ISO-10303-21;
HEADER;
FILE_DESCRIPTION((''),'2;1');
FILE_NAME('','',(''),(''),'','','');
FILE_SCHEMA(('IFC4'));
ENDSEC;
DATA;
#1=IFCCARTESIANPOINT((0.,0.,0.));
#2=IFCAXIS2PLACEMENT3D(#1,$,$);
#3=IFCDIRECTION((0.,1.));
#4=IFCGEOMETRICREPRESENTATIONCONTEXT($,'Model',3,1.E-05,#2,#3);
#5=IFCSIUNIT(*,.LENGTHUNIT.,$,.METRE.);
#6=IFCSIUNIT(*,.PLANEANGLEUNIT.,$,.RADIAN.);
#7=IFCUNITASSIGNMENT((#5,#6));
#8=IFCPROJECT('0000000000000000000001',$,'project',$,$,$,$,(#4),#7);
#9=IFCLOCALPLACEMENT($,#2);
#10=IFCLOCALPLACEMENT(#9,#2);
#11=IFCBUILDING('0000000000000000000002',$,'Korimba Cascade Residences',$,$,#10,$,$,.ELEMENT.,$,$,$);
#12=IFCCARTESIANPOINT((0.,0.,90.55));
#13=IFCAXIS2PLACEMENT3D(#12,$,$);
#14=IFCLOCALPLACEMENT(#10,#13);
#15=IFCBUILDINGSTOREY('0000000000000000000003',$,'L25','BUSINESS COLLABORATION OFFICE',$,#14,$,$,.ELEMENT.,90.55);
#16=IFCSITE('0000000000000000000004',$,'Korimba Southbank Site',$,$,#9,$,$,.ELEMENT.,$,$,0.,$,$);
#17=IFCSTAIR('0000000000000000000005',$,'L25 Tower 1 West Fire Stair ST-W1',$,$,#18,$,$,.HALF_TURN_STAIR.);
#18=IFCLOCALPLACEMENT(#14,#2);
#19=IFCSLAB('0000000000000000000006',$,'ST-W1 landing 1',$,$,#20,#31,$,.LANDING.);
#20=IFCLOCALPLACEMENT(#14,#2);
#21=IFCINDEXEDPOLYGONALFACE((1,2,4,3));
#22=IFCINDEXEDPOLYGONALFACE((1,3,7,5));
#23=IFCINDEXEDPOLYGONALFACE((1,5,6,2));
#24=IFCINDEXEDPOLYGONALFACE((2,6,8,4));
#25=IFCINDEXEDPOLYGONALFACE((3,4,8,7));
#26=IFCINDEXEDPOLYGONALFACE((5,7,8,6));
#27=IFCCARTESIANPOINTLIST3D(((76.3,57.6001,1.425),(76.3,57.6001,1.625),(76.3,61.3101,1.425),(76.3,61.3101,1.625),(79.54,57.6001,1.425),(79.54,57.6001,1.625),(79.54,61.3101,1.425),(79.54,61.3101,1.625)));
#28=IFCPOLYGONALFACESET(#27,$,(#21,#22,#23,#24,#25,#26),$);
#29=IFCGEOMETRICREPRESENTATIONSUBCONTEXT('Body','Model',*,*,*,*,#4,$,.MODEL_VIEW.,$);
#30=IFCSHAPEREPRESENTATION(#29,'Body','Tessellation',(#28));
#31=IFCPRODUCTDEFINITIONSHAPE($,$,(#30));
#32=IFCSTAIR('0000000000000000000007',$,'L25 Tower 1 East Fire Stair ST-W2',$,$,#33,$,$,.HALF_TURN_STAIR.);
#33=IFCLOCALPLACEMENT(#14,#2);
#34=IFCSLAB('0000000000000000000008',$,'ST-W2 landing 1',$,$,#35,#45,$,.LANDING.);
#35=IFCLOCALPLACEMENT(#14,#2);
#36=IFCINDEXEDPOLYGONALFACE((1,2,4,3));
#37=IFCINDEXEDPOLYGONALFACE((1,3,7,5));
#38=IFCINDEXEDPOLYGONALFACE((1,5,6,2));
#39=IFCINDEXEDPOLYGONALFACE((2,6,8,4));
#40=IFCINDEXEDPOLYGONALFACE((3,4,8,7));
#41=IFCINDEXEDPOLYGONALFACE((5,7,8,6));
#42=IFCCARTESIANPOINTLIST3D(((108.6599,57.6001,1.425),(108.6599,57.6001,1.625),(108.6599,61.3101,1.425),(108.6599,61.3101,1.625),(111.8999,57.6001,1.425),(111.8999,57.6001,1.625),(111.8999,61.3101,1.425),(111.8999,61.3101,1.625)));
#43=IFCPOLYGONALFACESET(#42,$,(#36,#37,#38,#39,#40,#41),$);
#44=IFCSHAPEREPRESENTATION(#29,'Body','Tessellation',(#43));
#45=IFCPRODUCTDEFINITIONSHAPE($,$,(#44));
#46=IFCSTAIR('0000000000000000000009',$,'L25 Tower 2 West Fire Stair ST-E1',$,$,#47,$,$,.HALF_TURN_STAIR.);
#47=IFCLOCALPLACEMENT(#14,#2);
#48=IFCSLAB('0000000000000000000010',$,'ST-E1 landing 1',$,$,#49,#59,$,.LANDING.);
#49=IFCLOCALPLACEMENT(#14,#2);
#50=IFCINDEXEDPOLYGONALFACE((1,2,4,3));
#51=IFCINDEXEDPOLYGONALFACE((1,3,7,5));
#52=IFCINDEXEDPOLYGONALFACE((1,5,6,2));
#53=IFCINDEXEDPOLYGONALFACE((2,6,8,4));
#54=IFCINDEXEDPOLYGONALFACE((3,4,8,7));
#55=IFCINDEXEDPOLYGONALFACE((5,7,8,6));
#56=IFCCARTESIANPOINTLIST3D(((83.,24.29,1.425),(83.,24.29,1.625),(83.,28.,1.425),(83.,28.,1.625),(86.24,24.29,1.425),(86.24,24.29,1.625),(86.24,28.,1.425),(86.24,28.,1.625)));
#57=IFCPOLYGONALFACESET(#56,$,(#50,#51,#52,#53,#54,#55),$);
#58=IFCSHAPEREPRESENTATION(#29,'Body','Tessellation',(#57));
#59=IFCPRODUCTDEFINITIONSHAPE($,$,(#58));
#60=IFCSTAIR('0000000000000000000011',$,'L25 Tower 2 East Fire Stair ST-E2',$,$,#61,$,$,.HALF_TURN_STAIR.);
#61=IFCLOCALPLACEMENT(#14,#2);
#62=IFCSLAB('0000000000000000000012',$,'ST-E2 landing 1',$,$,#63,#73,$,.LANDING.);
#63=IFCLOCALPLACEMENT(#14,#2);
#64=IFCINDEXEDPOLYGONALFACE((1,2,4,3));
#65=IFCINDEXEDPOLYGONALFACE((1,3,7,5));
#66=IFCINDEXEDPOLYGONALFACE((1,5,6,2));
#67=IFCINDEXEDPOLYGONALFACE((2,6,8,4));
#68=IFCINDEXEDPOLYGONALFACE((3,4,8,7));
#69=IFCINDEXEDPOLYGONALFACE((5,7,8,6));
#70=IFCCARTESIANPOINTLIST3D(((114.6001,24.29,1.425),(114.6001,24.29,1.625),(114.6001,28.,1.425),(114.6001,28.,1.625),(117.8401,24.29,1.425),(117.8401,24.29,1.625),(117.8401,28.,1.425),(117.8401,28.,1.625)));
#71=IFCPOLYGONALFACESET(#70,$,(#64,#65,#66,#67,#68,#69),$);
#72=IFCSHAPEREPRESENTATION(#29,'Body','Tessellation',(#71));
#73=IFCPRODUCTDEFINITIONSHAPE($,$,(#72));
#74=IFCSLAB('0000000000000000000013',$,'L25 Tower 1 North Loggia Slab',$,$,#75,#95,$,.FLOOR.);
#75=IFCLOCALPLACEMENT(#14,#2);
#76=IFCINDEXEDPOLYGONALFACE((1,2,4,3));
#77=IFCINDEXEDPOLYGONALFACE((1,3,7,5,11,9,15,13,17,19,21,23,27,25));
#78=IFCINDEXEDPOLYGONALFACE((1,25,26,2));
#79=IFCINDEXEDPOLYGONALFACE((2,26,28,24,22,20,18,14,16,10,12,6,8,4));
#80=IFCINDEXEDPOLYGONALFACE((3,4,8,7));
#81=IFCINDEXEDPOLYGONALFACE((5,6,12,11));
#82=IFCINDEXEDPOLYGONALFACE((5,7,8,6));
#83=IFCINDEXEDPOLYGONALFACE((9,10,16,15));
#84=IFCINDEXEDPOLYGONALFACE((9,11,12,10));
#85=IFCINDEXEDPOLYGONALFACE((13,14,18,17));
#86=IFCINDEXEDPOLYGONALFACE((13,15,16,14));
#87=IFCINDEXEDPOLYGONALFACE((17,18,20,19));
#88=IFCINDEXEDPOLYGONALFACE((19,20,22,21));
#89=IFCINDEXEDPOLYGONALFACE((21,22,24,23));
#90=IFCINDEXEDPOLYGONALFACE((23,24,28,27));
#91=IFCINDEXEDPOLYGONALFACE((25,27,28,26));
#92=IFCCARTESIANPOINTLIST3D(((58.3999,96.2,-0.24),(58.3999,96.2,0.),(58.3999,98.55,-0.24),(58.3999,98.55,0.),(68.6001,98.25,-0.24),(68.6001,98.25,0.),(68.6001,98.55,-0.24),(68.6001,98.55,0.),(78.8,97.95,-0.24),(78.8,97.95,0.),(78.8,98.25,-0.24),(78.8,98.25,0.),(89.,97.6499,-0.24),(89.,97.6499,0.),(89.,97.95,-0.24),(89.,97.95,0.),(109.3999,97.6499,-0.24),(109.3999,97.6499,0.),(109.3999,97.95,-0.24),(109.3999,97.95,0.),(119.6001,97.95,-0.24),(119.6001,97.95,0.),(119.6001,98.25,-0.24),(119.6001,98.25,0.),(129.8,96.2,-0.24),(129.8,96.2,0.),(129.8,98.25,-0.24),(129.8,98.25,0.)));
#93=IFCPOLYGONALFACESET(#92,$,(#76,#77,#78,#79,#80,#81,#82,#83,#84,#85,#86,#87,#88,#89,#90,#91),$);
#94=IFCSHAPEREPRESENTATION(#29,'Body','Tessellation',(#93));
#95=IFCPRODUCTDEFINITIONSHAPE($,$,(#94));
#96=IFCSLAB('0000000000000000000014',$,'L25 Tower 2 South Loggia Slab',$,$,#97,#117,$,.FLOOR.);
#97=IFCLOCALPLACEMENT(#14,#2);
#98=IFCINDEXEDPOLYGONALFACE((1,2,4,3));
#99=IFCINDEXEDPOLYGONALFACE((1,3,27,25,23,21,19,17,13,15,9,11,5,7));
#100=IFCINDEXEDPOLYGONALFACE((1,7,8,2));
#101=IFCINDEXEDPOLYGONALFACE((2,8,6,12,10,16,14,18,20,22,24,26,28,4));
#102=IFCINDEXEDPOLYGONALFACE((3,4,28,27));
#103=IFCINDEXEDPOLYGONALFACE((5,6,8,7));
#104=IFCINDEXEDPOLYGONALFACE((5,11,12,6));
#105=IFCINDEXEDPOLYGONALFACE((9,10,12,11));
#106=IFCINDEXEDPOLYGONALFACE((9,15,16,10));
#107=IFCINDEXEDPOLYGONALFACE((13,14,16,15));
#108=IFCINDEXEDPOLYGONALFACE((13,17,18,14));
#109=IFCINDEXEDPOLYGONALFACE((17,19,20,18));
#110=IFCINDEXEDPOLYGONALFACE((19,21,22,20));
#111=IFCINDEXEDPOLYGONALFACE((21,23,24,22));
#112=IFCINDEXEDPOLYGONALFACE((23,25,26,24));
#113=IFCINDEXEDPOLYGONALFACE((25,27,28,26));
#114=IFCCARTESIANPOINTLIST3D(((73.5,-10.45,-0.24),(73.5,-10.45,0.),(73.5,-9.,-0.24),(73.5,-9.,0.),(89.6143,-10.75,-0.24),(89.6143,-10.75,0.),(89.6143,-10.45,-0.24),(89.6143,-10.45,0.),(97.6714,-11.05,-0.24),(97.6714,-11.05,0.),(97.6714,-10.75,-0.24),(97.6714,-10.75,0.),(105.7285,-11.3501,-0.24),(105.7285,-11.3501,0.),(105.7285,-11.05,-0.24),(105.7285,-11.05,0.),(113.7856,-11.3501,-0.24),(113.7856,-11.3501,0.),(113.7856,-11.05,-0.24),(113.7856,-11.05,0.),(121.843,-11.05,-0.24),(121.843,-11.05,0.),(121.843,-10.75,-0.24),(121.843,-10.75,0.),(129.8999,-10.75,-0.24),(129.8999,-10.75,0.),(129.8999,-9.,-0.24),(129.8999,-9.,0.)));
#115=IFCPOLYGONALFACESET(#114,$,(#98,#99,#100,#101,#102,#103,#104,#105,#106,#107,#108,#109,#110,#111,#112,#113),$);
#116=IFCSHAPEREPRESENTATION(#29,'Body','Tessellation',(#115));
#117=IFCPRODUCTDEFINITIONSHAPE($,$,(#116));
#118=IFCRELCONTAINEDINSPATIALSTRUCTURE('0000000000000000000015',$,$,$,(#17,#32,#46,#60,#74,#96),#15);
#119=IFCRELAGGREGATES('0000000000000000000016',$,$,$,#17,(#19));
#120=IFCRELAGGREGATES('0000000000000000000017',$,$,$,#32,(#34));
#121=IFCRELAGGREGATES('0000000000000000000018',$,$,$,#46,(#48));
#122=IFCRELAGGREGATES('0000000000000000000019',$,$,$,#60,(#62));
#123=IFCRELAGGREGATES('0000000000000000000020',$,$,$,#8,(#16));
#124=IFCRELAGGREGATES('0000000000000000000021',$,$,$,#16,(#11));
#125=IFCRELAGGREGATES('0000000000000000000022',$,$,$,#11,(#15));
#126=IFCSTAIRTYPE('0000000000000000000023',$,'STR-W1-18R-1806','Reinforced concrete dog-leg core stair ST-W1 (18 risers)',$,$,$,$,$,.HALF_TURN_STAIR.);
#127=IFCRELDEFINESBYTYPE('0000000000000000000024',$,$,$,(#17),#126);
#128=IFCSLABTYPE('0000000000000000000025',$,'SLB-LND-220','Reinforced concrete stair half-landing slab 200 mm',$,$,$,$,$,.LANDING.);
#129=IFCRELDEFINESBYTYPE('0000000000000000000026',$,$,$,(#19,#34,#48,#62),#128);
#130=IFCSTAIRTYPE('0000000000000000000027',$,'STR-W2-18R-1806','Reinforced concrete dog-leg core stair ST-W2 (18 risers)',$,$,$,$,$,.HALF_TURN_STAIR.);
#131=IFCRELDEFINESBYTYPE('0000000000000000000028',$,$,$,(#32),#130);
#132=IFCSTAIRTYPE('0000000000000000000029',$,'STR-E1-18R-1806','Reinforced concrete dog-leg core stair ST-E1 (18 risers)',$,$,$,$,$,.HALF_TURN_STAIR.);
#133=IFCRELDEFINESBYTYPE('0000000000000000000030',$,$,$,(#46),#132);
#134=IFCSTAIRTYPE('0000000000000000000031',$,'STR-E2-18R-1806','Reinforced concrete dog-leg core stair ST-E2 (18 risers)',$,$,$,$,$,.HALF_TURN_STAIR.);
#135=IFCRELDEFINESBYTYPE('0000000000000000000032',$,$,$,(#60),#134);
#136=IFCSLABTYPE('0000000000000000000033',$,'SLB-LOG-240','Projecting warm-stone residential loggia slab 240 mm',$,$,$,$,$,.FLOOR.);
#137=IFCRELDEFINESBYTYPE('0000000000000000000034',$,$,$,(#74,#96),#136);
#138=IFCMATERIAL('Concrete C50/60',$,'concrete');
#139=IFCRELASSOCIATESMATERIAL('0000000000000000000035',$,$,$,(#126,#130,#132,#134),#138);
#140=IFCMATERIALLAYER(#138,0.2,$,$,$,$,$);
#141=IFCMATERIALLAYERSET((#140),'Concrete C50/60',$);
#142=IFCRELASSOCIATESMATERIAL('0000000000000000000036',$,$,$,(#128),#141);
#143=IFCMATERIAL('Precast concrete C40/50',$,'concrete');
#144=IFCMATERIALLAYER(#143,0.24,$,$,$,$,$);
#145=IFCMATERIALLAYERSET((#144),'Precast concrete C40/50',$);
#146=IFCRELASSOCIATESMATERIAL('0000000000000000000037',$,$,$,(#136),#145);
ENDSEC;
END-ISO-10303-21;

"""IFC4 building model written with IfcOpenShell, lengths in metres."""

from ifc_helpers import new_model, si_unit, direction, frame, origin, place, context, subcontext, project, spatial, polyline, outline, extrude, material, layer, layer_set, type_object, element, aggregate, save


model = new_model("IFC4")

# Units and contexts
model_context = context("Model", 3, precision=1e-05, world=origin(), true_north=direction((0.0, 1.0)))
body_context = subcontext(model_context, "Body", "Model", "MODEL_VIEW")
ifc_project = project(units=[si_unit("LENGTHUNIT", "METRE"), si_unit("PLANEANGLEUNIT", "RADIAN")], contexts=[model_context])

# Site, building, storey
site_placement = place(None, origin())
site = spatial("IfcSite", under=ifc_project, at=site_placement, Name="Korimba Southbank Site", CompositionType="ELEMENT", RefElevation=0.0)
building_placement = place(site_placement, origin())
building = spatial("IfcBuilding", under=site, at=building_placement, Name="Korimba Cascade Residences", CompositionType="ELEMENT")
storey_placement = place(building_placement, frame((0.0, 0.0, 90.55)))
storey = spatial("IfcBuildingStorey", under=building, at=storey_placement, Name="L25", Description="BUSINESS COLLABORATION OFFICE", CompositionType="ELEMENT", Elevation=90.55)

# Stairs, slabs
ifc_material_1 = material(Name="Concrete C50/60", Category="concrete")
stair_type_1 = type_object("IfcStairType", Name="STR-W1-18R-1806", Description="Reinforced concrete dog-leg core stair ST-W1 (18 risers)", PredefinedType="HALF_TURN_STAIR", material=ifc_material_1)
stair_1_placement = place(storey_placement, origin())
stair_1 = element("IfcStair", 1, at=stair_1_placement, inside=storey, type_object=stair_type_1, Name="L25 Tower 1 West Fire Stair ST-W1", PredefinedType="HALF_TURN_STAIR")
ifc_layer_1 = layer(ifc_material_1, 0.2)
ifc_layer_set_1 = layer_set([ifc_layer_1], Name="Concrete C50/60")
slab_type_1 = type_object("IfcSlabType", Name="SLB-LND-220", Description="Reinforced concrete stair half-landing slab 200 mm", PredefinedType="LANDING", material=ifc_layer_set_1)
slab_1_placement = place(storey_placement, frame((0.0, 0.0, 1.425)))
slab_1 = element("IfcSlab", 2, at=slab_1_placement, type_object=slab_type_1, Name="ST-W1 landing 1", PredefinedType="LANDING", context=body_context, shape_type="SweptSolid", body=[
    extrude(outline(polyline([(76.3, 61.3101), (76.3, 57.6001), (79.54, 57.6001), (79.54, 61.3101), (76.3, 61.3101)])), origin(), (0.0, 0.0, 1.0), 0.2),
])
aggregate(stair_1, [slab_1])
stair_type_2 = type_object("IfcStairType", Name="STR-W2-18R-1806", Description="Reinforced concrete dog-leg core stair ST-W2 (18 risers)", PredefinedType="HALF_TURN_STAIR", material=ifc_material_1)
stair_2_placement = place(storey_placement, origin())
stair_2 = element("IfcStair", 3, at=stair_2_placement, inside=storey, type_object=stair_type_2, Name="L25 Tower 1 East Fire Stair ST-W2", PredefinedType="HALF_TURN_STAIR")
slab_2_placement = place(storey_placement, frame((0.0, 0.0, 1.425)))
slab_2 = element("IfcSlab", 4, at=slab_2_placement, type_object=slab_type_1, Name="ST-W2 landing 1", PredefinedType="LANDING", context=body_context, shape_type="SweptSolid", body=[
    extrude(outline(polyline([(108.6599, 61.3101), (108.6599, 57.6001), (111.8999, 57.6001), (111.8999, 61.3101), (108.6599, 61.3101)])), origin(), (0.0, 0.0, 1.0), 0.2),
])
aggregate(stair_2, [slab_2])
stair_type_3 = type_object("IfcStairType", Name="STR-E1-18R-1806", Description="Reinforced concrete dog-leg core stair ST-E1 (18 risers)", PredefinedType="HALF_TURN_STAIR", material=ifc_material_1)
stair_3_placement = place(storey_placement, origin())
stair_3 = element("IfcStair", 5, at=stair_3_placement, inside=storey, type_object=stair_type_3, Name="L25 Tower 2 West Fire Stair ST-E1", PredefinedType="HALF_TURN_STAIR")
slab_3_placement = place(storey_placement, frame((0.0, 0.0, 1.425)))
slab_3 = element("IfcSlab", 6, at=slab_3_placement, type_object=slab_type_1, Name="ST-E1 landing 1", PredefinedType="LANDING", context=body_context, shape_type="SweptSolid", body=[
    extrude(outline(polyline([(86.24, 24.29), (86.24, 28.0), (83.0, 28.0), (83.0, 24.29), (86.24, 24.29)])), origin(), (0.0, 0.0, 1.0), 0.2),
])
aggregate(stair_3, [slab_3])
stair_type_4 = type_object("IfcStairType", Name="STR-E2-18R-1806", Description="Reinforced concrete dog-leg core stair ST-E2 (18 risers)", PredefinedType="HALF_TURN_STAIR", material=ifc_material_1)
stair_4_placement = place(storey_placement, origin())
stair_4 = element("IfcStair", 7, at=stair_4_placement, inside=storey, type_object=stair_type_4, Name="L25 Tower 2 East Fire Stair ST-E2", PredefinedType="HALF_TURN_STAIR")
slab_4_placement = place(storey_placement, frame((0.0, 0.0, 1.425)))
slab_4 = element("IfcSlab", 8, at=slab_4_placement, type_object=slab_type_1, Name="ST-E2 landing 1", PredefinedType="LANDING", context=body_context, shape_type="SweptSolid", body=[
    extrude(outline(polyline([(117.8401, 24.29), (117.8401, 28.0), (114.6001, 28.0), (114.6001, 24.29), (117.8401, 24.29)])), origin(), (0.0, 0.0, 1.0), 0.2),
])
aggregate(stair_4, [slab_4])

# Slabs
ifc_material_2 = material(Name="Precast concrete C40/50", Category="concrete")
ifc_layer_2 = layer(ifc_material_2, 0.24)
ifc_layer_set_2 = layer_set([ifc_layer_2], Name="Precast concrete C40/50")
slab_type_2 = type_object("IfcSlabType", Name="SLB-LOG-240", Description="Projecting warm-stone residential loggia slab 240 mm", PredefinedType="FLOOR", material=ifc_layer_set_2)
slab_5_placement = place(storey_placement, frame((0.0, 0.0, -0.24)))
element("IfcSlab", 9, at=slab_5_placement, inside=storey, type_object=slab_type_2, Name="L25 Tower 1 North Loggia Slab", PredefinedType="FLOOR", context=body_context, shape_type="SweptSolid", body=[
    extrude(outline(polyline([(58.3999, 96.2), (129.8, 96.2), (129.8, 98.25), (119.6001, 98.25), (119.6001, 97.95), (109.3999, 97.95), (109.3999, 97.6499), (89.0, 97.6499), (89.0, 97.95), (78.8, 97.95), (78.8, 98.25), (68.6001, 98.25), (68.6001, 98.55), (58.3999, 98.55), (58.3999, 96.2)])), origin(), (0.0, 0.0, 1.0), 0.24),
])
slab_6_placement = place(storey_placement, frame((0.0, 0.0, -0.24)))
element("IfcSlab", 10, at=slab_6_placement, inside=storey, type_object=slab_type_2, Name="L25 Tower 2 South Loggia Slab", PredefinedType="FLOOR", context=body_context, shape_type="SweptSolid", body=[
    extrude(outline(polyline([(73.5, -10.45), (89.6143, -10.45), (89.6143, -10.75), (97.6714, -10.75), (97.6714, -11.05), (105.7285, -11.05), (105.7285, -11.3501), (113.7856, -11.3501), (113.7856, -11.05), (121.843, -11.05), (121.843, -10.75), (129.8999, -10.75), (129.8999, -9.0), (73.5, -9.0), (73.5, -10.45)])), origin(), (0.0, 0.0, 1.0), 0.24),
])

save(model, "model.ifc")
